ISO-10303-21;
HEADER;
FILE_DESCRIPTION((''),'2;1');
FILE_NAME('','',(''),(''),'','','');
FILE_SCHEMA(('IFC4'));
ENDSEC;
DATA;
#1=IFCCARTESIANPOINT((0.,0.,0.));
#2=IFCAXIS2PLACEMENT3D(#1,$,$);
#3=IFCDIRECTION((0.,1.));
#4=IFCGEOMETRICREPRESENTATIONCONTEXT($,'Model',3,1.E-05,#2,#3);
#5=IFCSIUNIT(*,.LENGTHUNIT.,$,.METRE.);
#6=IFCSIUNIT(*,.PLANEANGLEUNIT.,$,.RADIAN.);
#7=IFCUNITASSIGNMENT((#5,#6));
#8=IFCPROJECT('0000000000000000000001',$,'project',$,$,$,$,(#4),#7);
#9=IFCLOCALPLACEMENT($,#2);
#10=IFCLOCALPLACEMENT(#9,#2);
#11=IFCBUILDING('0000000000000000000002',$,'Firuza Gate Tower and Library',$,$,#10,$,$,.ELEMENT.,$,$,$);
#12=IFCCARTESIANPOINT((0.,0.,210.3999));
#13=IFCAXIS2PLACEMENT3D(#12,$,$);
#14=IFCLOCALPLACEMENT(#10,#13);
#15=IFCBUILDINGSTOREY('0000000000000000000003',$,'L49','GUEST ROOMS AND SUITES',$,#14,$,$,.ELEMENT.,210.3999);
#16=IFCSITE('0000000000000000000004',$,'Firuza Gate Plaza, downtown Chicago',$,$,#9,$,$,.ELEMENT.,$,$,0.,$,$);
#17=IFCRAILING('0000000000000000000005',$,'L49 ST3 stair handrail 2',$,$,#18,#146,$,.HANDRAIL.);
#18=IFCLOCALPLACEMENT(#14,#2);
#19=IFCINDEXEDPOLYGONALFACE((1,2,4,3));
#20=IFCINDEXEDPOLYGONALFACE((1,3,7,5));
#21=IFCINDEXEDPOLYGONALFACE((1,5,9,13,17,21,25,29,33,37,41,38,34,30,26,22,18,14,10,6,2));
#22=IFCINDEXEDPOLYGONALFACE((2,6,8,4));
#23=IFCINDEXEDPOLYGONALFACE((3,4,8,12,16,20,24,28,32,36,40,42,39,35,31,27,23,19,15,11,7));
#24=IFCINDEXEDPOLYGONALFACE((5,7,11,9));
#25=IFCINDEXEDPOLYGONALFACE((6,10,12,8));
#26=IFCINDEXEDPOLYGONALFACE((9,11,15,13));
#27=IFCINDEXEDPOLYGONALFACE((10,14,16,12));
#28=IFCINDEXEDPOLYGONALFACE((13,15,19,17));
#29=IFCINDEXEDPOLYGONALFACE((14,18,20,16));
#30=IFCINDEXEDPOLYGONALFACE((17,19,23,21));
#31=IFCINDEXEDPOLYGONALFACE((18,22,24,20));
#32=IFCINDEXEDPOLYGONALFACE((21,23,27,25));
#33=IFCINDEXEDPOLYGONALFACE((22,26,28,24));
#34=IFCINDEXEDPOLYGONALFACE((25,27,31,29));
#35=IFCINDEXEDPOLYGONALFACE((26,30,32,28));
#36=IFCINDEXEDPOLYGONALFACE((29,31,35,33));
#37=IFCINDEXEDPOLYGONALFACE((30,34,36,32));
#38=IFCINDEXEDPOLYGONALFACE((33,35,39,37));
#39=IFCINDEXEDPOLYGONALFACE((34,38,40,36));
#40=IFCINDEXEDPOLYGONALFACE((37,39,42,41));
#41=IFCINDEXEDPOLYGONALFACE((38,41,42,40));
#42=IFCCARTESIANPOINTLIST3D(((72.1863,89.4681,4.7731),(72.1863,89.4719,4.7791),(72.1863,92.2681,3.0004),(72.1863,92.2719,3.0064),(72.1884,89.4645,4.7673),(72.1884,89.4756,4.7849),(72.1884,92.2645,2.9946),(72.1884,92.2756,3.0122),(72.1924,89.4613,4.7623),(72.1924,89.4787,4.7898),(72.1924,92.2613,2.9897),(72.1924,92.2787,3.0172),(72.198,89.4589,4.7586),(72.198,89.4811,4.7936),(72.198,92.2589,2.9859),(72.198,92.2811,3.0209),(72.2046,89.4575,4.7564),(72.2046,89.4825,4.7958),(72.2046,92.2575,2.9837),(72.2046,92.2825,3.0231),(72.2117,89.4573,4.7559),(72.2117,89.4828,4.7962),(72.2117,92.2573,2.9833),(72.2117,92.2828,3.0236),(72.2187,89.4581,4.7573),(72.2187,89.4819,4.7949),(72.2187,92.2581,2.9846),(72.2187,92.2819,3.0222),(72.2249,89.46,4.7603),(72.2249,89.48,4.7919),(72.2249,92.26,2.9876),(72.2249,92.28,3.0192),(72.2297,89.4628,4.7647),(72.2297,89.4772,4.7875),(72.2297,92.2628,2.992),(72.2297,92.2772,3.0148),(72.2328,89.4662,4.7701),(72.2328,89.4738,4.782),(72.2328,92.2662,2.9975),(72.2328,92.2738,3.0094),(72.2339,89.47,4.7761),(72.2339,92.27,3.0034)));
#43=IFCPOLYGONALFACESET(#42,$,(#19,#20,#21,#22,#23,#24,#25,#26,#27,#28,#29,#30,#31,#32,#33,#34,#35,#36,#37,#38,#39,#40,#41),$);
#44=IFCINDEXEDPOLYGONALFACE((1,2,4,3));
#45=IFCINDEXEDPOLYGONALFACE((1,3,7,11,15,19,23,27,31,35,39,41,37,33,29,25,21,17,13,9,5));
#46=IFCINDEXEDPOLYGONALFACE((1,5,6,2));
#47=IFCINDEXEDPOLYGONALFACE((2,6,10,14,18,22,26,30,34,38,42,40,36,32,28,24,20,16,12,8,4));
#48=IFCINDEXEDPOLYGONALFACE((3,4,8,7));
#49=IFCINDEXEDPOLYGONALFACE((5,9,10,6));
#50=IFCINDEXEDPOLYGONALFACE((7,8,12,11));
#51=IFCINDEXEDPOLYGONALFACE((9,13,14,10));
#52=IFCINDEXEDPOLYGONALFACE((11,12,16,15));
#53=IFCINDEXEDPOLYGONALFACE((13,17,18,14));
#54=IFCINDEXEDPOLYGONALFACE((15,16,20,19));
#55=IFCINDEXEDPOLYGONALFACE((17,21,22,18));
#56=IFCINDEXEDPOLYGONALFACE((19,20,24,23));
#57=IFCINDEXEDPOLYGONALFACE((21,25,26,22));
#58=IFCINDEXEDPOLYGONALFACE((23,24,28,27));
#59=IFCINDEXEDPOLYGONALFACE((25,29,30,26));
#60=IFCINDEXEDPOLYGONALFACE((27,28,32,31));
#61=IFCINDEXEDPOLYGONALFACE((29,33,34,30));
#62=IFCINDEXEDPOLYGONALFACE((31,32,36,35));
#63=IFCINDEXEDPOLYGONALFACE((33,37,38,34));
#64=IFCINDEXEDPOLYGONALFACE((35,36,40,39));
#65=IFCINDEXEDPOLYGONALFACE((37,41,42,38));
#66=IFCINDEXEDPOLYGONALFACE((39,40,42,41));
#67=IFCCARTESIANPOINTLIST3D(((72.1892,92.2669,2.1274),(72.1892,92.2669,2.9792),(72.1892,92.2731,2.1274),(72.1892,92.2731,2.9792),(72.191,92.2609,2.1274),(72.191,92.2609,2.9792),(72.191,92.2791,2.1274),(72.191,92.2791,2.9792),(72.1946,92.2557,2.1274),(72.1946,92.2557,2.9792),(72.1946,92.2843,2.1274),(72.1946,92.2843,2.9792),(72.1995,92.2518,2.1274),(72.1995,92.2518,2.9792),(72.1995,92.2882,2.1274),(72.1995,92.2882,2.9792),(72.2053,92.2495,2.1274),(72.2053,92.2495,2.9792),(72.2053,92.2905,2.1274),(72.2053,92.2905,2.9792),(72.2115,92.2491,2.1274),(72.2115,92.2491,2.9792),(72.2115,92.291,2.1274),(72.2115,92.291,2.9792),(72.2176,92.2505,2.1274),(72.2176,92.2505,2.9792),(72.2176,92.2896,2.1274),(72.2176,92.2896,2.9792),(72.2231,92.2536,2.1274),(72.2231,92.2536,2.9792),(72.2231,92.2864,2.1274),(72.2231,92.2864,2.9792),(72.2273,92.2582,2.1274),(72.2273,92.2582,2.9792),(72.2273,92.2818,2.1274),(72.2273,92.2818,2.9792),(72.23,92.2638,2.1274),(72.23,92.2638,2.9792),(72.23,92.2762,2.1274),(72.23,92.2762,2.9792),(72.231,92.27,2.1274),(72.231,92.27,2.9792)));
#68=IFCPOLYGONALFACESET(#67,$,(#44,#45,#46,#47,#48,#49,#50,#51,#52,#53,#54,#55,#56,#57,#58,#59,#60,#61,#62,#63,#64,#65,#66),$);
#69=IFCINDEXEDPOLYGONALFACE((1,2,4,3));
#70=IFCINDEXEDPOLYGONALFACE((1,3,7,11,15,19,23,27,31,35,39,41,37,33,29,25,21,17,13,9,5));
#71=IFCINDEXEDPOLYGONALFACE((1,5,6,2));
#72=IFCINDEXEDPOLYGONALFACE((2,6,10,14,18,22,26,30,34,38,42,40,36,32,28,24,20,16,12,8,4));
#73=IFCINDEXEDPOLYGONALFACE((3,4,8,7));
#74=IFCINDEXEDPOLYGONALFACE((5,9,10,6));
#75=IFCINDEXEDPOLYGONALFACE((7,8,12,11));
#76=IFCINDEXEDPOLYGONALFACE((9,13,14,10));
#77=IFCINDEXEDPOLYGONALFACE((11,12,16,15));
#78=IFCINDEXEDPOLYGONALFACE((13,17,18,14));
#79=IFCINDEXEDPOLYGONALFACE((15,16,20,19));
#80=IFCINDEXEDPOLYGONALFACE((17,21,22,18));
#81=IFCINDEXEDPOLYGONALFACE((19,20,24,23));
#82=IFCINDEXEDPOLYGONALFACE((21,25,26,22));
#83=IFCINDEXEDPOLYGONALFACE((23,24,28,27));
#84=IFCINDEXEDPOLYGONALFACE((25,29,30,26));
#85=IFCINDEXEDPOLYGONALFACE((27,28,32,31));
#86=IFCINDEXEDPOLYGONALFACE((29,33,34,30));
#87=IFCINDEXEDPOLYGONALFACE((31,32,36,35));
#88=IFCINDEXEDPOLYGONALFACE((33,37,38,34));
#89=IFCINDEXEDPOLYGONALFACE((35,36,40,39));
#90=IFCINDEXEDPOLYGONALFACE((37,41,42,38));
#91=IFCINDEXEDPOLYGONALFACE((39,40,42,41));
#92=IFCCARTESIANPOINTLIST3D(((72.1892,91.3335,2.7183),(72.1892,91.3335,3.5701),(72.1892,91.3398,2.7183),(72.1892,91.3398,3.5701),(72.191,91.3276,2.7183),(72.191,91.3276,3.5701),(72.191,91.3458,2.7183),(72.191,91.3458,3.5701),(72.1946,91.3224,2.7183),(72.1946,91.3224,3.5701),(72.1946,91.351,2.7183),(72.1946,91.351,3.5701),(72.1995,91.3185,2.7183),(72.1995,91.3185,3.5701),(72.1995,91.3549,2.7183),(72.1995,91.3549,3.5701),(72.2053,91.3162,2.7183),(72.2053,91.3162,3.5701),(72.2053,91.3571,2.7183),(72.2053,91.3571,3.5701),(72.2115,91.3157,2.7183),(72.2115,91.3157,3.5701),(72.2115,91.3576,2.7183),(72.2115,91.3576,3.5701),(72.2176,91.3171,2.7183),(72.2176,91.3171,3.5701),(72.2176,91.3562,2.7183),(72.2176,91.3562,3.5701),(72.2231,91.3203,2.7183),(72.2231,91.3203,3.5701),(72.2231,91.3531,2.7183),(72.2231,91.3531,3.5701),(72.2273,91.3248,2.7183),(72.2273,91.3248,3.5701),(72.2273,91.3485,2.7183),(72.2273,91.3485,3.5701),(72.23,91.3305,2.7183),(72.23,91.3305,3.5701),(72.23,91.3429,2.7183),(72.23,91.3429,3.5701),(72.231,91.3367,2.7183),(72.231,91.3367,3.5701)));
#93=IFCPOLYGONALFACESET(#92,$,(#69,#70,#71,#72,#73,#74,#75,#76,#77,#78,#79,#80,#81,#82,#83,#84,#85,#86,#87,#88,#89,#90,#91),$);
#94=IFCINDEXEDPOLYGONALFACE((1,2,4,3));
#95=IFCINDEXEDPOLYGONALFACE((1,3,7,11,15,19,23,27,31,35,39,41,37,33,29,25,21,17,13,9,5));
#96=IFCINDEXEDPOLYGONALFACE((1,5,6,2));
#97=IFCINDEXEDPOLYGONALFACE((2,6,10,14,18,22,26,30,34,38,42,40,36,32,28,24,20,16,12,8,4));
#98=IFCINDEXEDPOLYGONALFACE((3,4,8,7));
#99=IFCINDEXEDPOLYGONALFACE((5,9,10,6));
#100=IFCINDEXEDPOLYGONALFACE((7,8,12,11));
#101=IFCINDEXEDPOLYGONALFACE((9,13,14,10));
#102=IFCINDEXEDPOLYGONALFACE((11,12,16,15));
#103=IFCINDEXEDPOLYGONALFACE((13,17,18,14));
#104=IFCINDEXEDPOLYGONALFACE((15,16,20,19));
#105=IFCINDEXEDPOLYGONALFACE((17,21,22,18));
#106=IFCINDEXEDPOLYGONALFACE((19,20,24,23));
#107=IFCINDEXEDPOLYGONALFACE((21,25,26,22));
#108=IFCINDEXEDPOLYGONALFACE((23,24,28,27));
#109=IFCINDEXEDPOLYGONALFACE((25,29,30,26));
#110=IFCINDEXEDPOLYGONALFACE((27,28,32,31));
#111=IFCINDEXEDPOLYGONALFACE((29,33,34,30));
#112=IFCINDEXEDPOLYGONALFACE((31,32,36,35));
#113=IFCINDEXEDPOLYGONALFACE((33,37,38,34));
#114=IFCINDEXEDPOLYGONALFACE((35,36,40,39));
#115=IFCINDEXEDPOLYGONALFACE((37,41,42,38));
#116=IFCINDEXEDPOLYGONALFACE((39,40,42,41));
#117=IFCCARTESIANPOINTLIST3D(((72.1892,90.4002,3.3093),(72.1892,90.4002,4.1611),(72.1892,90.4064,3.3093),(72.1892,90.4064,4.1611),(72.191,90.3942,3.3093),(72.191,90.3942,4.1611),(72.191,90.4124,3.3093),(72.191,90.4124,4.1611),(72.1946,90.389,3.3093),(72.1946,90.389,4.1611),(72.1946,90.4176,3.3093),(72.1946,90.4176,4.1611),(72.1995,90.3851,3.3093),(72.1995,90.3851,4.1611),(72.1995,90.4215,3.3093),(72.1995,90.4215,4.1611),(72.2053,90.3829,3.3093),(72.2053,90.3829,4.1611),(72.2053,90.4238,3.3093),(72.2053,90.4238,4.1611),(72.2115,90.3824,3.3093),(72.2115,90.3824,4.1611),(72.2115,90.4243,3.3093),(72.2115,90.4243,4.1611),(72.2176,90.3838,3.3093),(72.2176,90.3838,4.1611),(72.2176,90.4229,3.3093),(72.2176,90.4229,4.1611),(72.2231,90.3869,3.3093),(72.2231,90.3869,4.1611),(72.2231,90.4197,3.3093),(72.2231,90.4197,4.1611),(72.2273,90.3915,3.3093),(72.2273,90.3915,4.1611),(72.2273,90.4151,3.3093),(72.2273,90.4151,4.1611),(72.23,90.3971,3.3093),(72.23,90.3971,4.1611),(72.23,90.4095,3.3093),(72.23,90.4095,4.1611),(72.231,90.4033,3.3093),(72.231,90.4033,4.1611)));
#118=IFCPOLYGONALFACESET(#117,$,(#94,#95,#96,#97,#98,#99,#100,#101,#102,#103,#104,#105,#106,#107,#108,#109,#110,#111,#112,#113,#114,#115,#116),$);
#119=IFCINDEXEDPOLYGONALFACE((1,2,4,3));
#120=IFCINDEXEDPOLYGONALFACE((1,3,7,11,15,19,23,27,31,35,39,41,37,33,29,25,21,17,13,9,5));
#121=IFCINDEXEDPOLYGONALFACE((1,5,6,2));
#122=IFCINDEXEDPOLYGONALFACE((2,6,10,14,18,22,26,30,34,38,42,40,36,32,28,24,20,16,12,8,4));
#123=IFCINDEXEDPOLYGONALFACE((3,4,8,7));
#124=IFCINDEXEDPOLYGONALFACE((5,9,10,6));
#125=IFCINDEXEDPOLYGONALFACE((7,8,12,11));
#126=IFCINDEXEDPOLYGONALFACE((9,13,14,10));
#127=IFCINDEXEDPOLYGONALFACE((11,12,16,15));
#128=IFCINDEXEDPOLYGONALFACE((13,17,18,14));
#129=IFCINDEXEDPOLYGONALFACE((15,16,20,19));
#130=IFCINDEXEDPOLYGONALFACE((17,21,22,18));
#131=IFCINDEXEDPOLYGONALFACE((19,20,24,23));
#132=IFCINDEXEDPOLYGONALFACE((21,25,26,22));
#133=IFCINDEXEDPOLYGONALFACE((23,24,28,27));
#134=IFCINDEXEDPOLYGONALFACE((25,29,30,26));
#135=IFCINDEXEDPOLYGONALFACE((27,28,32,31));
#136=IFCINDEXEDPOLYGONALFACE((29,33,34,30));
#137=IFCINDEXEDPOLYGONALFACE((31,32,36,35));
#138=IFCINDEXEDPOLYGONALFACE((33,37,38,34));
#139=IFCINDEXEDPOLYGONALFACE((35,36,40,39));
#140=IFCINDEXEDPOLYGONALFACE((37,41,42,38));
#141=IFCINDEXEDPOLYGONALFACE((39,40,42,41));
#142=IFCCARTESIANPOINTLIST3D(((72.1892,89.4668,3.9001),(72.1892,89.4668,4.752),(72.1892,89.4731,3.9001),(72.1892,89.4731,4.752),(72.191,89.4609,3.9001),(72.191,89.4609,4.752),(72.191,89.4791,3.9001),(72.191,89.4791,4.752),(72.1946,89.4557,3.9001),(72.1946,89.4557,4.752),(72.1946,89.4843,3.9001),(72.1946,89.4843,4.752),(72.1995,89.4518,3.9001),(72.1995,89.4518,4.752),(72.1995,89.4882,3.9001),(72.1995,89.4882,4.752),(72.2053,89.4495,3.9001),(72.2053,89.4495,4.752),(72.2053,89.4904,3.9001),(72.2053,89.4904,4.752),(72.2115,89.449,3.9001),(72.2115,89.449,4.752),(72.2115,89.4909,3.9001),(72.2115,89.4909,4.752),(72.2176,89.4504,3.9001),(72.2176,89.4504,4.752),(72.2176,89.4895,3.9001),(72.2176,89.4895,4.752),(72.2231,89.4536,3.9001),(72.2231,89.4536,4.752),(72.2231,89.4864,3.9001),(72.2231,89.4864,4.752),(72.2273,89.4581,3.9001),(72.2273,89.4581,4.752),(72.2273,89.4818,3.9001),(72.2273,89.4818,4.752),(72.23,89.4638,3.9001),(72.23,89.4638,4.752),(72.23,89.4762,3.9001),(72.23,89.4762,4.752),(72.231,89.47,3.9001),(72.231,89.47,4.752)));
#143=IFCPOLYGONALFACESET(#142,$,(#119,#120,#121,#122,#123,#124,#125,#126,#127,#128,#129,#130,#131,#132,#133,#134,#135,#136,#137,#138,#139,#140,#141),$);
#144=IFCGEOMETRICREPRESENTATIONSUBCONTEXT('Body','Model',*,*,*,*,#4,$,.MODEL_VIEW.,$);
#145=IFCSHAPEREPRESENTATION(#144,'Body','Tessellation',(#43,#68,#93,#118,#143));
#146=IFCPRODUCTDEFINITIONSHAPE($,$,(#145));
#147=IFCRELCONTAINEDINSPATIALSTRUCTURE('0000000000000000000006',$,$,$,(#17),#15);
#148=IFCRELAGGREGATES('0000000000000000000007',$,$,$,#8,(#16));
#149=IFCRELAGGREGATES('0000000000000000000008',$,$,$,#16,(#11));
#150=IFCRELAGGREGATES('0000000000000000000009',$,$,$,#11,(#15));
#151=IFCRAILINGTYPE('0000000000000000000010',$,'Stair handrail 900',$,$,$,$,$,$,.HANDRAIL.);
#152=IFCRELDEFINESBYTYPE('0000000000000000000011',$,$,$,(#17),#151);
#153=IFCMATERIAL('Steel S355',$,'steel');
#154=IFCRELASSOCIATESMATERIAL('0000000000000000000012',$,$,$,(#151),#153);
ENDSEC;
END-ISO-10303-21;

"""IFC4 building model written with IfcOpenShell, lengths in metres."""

from ifc_helpers import new_model, si_unit, direction, frame, origin, origin_2d, place, context, subcontext, project, spatial, circle, extrude, material, type_object, element, save


model = new_model("IFC4")

# Units and contexts
model_context = context("Model", 3, precision=1e-05, world=origin(), true_north=direction((0.0, 1.0)))
body_context = subcontext(model_context, "Body", "Model", "MODEL_VIEW")
ifc_project = project(units=[si_unit("LENGTHUNIT", "METRE"), si_unit("PLANEANGLEUNIT", "RADIAN")], contexts=[model_context])

# Site, building, storey
site_placement = place(None, origin())
site = spatial("IfcSite", under=ifc_project, at=site_placement, Name="Firuza Gate Plaza, downtown Chicago", CompositionType="ELEMENT", RefElevation=0.0)
building_placement = place(site_placement, origin())
building = spatial("IfcBuilding", under=site, at=building_placement, Name="Firuza Gate Tower and Library", CompositionType="ELEMENT")
storey_placement = place(building_placement, frame((0.0, 0.0, 210.3999)))
storey = spatial("IfcBuildingStorey", under=building, at=storey_placement, Name="L49", Description="GUEST ROOMS AND SUITES", CompositionType="ELEMENT", Elevation=210.3999)

# Railing
ifc_material_1 = material(Name="Steel S355", Category="steel")
railing_type_1 = type_object("IfcRailingType", Name="Stair handrail 900", PredefinedType="HANDRAIL", material=ifc_material_1)
railing_1_placement = place(storey_placement, frame((72.21, 92.27, 2.1274)))
element("IfcRailing", 1, at=railing_1_placement, inside=storey, type_object=railing_type_1, Name="L49 ST3 stair handrail 2", PredefinedType="HANDRAIL", context=body_context, shape_type="SweptSolid", body=[
    extrude(circle(Radius=0.0239, at=origin_2d()), frame((0.0, 0.0, 0.876), z_axis=(0.0, -0.844909, 0.53491), x_axis=(1.0, 0.0, 0.0)), (0.0, 0.0, 1.0), 3.314),
    extrude(circle(Radius=0.021, at=origin_2d()), origin(), (0.0, 0.0, 1.0), 0.8518),
    extrude(circle(Radius=0.021, at=origin_2d()), frame((0.0, -0.9333, 0.5908)), (0.0, 0.0, 1.0), 0.8518),
    extrude(circle(Radius=0.021, at=origin_2d()), frame((0.0, -1.8667, 1.1819)), (0.0, 0.0, 1.0), 0.8518),
    extrude(circle(Radius=0.021, at=origin_2d()), frame((0.0, -2.8, 1.7727)), (0.0, 0.0, 1.0), 0.8518),
])

save(model, "model.ifc")
